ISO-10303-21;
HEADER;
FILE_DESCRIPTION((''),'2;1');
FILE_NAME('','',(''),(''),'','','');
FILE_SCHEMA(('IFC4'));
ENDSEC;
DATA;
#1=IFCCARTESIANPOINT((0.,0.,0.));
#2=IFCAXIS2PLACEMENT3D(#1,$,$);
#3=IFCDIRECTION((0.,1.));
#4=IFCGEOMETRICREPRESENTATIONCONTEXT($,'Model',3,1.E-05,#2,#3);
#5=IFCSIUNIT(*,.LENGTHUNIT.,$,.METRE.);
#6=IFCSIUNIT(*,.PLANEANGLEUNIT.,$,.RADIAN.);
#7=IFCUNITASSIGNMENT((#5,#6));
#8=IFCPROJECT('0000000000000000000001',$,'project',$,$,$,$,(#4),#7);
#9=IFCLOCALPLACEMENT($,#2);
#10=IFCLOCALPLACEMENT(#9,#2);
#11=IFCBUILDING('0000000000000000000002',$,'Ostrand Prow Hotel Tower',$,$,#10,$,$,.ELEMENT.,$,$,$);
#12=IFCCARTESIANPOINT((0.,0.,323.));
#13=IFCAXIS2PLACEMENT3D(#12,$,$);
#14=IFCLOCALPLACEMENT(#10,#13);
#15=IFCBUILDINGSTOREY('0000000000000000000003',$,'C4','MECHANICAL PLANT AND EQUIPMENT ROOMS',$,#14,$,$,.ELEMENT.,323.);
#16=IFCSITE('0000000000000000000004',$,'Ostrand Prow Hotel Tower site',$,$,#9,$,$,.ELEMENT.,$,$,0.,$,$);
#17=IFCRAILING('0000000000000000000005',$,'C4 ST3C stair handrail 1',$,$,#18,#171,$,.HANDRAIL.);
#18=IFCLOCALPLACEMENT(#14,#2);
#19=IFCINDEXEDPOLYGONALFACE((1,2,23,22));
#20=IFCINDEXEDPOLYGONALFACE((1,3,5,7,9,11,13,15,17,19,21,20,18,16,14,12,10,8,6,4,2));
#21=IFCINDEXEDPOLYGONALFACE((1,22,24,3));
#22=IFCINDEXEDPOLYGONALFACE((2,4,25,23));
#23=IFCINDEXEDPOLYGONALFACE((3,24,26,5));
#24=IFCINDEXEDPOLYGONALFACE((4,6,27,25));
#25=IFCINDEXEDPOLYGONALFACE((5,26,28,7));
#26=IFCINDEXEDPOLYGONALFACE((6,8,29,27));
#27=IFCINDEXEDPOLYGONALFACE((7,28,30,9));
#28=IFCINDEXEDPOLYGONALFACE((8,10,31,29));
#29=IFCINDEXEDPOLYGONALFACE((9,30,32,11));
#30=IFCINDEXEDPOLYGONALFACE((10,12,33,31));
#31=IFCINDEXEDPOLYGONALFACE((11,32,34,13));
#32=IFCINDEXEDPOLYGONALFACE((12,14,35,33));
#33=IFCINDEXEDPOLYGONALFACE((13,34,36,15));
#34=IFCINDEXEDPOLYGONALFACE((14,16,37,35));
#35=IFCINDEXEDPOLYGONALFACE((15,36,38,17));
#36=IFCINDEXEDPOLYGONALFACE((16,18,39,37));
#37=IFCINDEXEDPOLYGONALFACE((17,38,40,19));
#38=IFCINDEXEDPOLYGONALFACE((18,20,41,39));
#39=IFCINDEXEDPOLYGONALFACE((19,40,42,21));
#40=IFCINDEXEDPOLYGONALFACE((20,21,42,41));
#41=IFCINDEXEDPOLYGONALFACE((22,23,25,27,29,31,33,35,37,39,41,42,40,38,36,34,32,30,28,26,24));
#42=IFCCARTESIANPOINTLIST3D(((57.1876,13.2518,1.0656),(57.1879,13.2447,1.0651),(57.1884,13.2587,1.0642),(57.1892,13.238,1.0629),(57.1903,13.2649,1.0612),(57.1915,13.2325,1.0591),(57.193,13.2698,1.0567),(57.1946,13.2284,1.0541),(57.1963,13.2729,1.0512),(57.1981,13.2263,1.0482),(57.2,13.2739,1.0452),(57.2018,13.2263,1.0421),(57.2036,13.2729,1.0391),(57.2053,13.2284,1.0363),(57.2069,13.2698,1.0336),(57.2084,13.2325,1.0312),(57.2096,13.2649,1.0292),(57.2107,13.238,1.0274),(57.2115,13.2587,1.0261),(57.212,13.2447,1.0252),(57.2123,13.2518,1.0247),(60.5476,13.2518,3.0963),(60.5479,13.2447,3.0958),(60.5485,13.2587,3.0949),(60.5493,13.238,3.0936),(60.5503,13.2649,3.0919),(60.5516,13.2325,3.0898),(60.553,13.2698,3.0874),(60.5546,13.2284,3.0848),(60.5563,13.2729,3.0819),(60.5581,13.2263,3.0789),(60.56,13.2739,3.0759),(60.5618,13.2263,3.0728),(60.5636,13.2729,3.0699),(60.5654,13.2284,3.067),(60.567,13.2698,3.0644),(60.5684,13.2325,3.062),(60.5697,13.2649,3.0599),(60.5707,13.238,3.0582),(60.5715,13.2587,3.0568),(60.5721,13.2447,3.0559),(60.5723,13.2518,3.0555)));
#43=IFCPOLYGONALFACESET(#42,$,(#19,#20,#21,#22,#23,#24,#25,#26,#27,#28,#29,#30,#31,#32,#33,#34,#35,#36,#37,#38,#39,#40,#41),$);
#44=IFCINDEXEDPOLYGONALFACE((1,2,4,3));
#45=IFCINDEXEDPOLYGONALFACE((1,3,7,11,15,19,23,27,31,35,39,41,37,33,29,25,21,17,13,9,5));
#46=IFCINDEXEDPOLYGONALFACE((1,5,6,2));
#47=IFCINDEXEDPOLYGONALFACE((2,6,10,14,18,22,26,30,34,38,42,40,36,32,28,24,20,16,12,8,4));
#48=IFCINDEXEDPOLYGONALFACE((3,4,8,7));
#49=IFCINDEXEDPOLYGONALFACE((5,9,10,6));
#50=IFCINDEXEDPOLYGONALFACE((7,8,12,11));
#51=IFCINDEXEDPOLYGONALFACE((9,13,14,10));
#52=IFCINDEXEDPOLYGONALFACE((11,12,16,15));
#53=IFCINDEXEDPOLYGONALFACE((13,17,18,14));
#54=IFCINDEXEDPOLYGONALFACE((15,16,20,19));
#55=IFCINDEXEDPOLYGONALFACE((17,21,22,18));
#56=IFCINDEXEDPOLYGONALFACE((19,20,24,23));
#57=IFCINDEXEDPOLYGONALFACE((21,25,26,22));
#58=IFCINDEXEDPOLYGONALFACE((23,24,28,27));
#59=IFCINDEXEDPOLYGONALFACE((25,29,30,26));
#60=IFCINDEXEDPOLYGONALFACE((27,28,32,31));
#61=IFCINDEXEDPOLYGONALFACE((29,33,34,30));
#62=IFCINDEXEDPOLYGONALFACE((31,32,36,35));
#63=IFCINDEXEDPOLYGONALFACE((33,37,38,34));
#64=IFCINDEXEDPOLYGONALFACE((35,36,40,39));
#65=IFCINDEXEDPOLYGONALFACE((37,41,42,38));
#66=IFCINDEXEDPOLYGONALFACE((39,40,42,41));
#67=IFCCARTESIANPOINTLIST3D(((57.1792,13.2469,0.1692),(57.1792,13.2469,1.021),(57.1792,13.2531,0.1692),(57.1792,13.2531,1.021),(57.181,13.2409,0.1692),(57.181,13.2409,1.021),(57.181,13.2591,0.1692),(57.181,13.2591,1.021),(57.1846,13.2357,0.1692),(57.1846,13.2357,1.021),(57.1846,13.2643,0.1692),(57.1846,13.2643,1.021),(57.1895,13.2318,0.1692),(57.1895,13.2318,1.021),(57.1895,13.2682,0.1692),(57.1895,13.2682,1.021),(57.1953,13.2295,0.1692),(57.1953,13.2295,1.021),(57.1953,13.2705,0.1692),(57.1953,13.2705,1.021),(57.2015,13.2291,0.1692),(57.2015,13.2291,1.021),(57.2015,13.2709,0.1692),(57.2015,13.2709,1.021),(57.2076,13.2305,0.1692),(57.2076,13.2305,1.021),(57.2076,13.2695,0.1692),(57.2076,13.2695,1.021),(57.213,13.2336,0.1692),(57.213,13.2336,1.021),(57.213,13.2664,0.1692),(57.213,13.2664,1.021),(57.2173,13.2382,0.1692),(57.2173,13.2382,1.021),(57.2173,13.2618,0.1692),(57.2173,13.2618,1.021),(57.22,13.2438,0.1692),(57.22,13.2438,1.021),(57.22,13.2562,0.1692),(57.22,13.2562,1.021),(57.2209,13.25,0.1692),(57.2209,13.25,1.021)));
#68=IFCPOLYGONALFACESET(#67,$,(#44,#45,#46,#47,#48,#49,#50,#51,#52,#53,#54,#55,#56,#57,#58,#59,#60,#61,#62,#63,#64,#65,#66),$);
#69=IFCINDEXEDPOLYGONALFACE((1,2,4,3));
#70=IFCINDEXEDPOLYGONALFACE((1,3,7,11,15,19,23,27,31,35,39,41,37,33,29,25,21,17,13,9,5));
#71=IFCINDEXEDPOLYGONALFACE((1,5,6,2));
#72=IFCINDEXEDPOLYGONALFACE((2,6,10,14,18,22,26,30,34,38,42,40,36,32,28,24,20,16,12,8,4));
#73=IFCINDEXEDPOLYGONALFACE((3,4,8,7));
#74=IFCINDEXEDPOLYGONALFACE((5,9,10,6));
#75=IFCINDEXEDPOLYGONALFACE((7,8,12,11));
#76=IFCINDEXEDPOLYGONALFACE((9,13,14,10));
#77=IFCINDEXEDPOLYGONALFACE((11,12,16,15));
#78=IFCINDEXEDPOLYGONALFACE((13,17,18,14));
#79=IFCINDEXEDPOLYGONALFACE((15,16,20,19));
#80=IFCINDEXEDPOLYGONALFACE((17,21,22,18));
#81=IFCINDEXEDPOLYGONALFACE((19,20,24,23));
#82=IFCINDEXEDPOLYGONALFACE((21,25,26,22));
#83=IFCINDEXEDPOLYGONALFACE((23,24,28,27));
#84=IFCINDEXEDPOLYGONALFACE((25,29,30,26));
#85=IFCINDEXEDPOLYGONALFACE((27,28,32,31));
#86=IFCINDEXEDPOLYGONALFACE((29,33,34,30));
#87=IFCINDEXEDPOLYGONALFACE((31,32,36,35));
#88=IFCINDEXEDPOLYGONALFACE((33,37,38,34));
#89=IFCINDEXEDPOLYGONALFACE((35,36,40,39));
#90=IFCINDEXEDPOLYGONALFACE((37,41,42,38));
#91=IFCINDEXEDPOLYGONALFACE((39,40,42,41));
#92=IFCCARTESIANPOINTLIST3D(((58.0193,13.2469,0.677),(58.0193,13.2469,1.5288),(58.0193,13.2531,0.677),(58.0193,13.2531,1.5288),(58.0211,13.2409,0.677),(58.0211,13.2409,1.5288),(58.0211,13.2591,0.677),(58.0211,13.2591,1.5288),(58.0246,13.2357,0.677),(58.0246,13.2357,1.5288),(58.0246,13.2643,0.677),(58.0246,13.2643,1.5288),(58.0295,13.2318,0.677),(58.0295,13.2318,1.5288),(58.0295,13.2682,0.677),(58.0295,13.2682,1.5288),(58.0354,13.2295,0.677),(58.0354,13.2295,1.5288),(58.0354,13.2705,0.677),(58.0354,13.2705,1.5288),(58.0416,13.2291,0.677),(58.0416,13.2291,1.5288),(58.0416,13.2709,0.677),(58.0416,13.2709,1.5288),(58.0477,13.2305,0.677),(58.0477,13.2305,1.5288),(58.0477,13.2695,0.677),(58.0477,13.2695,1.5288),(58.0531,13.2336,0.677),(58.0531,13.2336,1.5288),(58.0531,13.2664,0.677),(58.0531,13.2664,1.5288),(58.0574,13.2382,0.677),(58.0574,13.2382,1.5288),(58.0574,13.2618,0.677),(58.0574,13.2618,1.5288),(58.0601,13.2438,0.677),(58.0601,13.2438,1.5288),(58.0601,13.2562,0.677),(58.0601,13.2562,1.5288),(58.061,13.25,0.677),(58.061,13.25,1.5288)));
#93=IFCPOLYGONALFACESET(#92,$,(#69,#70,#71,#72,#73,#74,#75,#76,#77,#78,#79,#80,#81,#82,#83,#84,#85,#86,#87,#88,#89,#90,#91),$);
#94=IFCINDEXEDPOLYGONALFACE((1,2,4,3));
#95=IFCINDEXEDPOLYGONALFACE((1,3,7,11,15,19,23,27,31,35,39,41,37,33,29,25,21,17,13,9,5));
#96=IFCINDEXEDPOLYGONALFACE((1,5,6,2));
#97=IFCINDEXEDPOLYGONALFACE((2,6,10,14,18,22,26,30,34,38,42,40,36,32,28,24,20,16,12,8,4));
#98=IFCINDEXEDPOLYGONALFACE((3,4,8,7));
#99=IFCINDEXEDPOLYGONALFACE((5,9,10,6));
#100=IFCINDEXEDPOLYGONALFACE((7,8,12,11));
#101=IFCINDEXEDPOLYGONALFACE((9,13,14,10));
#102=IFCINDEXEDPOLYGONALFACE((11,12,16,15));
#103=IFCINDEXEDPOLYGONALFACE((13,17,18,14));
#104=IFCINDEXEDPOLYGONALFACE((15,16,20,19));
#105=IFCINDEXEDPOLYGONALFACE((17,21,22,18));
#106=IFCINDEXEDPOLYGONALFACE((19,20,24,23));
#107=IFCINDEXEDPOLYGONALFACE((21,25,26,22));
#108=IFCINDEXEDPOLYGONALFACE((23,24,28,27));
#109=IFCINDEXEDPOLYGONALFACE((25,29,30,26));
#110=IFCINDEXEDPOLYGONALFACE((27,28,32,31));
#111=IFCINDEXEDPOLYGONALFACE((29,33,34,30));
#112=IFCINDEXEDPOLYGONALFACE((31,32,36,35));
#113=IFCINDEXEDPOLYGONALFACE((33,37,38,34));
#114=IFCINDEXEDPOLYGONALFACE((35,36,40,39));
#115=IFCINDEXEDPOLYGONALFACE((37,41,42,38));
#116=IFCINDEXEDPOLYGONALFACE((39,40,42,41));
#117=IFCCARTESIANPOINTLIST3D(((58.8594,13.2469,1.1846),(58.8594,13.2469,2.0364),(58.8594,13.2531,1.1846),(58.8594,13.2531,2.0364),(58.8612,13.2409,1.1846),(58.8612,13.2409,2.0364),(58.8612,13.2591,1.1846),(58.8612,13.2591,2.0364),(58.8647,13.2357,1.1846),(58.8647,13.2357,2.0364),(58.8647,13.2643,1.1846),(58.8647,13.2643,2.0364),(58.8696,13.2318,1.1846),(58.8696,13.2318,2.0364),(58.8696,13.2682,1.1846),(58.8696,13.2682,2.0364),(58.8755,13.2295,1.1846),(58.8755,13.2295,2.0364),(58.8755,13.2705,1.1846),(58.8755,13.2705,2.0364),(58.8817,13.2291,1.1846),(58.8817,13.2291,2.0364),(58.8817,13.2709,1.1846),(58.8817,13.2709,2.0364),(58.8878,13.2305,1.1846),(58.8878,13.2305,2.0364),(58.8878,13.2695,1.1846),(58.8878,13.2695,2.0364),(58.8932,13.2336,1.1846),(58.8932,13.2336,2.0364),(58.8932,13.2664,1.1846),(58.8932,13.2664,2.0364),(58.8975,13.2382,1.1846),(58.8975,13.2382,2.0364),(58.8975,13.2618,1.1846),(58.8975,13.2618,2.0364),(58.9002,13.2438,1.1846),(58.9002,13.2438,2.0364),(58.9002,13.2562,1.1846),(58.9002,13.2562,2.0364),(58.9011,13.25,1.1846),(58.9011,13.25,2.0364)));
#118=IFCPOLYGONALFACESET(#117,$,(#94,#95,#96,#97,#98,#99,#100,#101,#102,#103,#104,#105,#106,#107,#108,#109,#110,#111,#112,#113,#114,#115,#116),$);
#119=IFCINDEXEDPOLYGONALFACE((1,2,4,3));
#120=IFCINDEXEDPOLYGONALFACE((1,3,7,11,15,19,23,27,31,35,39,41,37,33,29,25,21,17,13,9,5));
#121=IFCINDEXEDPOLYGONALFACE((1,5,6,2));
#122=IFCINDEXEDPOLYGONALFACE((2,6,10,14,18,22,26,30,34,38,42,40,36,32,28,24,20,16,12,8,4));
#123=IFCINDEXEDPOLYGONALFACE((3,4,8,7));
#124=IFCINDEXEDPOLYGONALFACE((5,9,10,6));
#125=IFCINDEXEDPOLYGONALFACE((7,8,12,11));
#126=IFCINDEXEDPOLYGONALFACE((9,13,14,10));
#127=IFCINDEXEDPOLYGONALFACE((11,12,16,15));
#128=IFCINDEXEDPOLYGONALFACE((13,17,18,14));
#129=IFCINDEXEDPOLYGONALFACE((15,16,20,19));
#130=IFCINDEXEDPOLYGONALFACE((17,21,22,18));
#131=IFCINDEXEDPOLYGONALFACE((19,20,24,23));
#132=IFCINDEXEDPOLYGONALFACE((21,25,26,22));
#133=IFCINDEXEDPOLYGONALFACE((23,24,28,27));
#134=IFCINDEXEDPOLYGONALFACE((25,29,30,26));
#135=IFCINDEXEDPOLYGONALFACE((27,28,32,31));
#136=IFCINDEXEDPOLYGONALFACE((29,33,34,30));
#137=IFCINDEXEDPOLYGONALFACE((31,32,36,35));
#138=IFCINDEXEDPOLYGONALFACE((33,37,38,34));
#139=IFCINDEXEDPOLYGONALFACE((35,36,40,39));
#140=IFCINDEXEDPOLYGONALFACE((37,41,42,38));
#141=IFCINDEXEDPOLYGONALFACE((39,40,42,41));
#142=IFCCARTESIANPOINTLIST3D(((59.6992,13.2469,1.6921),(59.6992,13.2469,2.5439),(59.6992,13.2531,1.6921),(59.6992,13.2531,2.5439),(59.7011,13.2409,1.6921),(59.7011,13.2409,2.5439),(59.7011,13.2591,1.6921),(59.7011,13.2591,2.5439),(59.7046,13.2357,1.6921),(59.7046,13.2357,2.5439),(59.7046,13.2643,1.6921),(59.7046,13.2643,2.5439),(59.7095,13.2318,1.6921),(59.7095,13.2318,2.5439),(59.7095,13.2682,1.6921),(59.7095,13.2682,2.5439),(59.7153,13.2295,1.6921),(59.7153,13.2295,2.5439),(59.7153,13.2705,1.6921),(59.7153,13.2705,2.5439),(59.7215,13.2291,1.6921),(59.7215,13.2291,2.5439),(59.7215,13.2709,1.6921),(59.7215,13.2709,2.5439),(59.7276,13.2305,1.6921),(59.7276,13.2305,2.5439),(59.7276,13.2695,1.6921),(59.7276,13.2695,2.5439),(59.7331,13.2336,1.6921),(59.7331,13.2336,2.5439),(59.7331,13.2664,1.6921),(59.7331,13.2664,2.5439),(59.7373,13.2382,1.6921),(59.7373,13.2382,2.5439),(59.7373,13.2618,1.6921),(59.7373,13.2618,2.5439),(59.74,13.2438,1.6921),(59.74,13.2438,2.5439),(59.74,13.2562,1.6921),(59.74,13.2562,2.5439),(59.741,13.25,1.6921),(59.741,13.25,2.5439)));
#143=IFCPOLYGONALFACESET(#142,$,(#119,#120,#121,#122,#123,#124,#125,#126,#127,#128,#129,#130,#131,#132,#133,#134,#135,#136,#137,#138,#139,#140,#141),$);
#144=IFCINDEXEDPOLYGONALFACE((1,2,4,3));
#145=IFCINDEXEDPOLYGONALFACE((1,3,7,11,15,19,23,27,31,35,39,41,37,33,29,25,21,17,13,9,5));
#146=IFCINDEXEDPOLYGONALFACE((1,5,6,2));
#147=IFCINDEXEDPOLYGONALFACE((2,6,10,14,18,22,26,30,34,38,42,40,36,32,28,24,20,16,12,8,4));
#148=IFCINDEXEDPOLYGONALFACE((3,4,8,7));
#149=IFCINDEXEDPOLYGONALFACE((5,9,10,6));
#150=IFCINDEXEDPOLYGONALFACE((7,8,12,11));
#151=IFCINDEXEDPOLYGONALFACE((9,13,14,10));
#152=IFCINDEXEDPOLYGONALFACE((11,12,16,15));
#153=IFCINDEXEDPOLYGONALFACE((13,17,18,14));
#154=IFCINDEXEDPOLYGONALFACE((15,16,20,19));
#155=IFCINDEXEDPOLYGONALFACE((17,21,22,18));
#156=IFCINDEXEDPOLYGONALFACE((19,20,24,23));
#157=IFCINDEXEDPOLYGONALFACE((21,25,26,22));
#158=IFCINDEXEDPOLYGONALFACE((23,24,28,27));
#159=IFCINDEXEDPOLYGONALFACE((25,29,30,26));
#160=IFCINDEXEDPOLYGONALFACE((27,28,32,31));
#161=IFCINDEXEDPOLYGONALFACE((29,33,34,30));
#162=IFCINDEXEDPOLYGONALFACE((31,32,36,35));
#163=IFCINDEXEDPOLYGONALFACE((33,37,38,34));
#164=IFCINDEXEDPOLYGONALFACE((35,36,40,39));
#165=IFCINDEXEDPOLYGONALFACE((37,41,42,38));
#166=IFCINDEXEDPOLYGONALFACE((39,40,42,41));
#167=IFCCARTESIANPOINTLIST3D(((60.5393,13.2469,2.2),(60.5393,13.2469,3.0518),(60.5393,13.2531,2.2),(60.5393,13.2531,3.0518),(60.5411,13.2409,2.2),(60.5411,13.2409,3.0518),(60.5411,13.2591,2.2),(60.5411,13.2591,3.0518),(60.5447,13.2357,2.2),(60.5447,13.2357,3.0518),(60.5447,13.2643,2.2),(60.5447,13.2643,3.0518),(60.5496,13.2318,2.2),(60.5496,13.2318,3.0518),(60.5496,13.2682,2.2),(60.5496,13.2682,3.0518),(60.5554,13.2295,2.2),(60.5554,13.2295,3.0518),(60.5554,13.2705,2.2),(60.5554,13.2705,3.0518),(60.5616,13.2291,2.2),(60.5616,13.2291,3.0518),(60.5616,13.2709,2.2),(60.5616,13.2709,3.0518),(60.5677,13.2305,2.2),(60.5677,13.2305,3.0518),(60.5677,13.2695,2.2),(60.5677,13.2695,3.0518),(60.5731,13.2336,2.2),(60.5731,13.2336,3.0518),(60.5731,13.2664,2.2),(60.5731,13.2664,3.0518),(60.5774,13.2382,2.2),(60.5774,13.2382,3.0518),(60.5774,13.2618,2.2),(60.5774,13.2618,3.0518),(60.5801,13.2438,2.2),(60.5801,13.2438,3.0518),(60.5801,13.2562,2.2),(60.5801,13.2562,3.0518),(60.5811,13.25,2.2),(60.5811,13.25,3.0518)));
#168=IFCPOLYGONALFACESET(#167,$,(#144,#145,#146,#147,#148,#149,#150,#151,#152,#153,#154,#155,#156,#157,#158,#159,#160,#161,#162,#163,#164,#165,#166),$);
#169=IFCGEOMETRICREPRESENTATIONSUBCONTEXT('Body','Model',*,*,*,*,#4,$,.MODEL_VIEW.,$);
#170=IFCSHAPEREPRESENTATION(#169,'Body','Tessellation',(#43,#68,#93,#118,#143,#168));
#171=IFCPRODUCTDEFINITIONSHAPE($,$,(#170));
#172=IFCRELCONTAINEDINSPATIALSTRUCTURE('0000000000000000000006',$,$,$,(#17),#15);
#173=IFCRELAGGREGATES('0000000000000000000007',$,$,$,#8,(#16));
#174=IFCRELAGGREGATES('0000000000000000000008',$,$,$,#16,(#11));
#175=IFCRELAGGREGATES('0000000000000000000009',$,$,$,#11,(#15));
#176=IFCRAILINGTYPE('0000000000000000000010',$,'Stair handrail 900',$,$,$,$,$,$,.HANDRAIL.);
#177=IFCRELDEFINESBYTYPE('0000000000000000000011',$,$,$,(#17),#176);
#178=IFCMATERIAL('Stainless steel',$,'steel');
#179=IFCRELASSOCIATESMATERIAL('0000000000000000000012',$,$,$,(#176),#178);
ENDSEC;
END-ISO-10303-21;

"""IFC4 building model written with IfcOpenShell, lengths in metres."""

from ifc_helpers import new_model, si_unit, direction, frame, origin, origin_2d, place, context, subcontext, project, spatial, circle, extrude, material, type_object, element, save


model = new_model("IFC4")

# Units and contexts
model_context = context("Model", 3, precision=1e-05, world=origin(), true_north=direction((0.0, 1.0)))
body_context = subcontext(model_context, "Body", "Model", "MODEL_VIEW")
ifc_project = project(units=[si_unit("LENGTHUNIT", "METRE"), si_unit("PLANEANGLEUNIT", "RADIAN")], contexts=[model_context])

# Site, building, storey
site_placement = place(None, origin())
site = spatial("IfcSite", under=ifc_project, at=site_placement, Name="Ostrand Prow Hotel Tower site", CompositionType="ELEMENT", RefElevation=0.0)
building_placement = place(site_placement, origin())
building = spatial("IfcBuilding", under=site, at=building_placement, Name="Ostrand Prow Hotel Tower", CompositionType="ELEMENT")
storey_placement = place(building_placement, frame((0.0, 0.0, 323.0)))
storey = spatial("IfcBuildingStorey", under=building, at=storey_placement, Name="C4", Description="MECHANICAL PLANT AND EQUIPMENT ROOMS", CompositionType="ELEMENT", Elevation=323.0)

# Railing
ifc_material_1 = material(Name="Stainless steel", Category="steel")
railing_type_1 = type_object("IfcRailingType", Name="Stair handrail 900", PredefinedType="HANDRAIL", material=ifc_material_1)
railing_1_placement = place(storey_placement, frame((57.2, 13.25, 0.1692)))
element("IfcRailing", 1, at=railing_1_placement, inside=storey, type_object=railing_type_1, Name="C4 ST3C stair handrail 1", PredefinedType="HANDRAIL", context=body_context, shape_type="SweptSolid", body=[
    extrude(circle(Radius=0.0239, at=origin_2d()), frame((0.0, 0.0, 0.876), z_axis=(0.855837, 0.0, 0.517246), x_axis=(0.0, 1.0, 0.0)), (0.0, 0.0, 1.0), 3.926),
    extrude(circle(Radius=0.021, at=origin_2d()), origin(), (0.0, 0.0, 1.0), 0.8518),
    extrude(circle(Radius=0.021, at=origin_2d()), frame((0.8401, 0.0, 0.5078)), (0.0, 0.0, 1.0), 0.8518),
    extrude(circle(Radius=0.021, at=origin_2d()), frame((1.6802, 0.0, 1.0154)), (0.0, 0.0, 1.0), 0.8518),
    extrude(circle(Radius=0.021, at=origin_2d()), frame((2.52, 0.0, 1.5229)), (0.0, 0.0, 1.0), 0.8518),
    extrude(circle(Radius=0.021, at=origin_2d()), frame((3.3601, 0.0, 2.0308)), (0.0, 0.0, 1.0), 0.8518),
])

save(model, "model.ifc")
